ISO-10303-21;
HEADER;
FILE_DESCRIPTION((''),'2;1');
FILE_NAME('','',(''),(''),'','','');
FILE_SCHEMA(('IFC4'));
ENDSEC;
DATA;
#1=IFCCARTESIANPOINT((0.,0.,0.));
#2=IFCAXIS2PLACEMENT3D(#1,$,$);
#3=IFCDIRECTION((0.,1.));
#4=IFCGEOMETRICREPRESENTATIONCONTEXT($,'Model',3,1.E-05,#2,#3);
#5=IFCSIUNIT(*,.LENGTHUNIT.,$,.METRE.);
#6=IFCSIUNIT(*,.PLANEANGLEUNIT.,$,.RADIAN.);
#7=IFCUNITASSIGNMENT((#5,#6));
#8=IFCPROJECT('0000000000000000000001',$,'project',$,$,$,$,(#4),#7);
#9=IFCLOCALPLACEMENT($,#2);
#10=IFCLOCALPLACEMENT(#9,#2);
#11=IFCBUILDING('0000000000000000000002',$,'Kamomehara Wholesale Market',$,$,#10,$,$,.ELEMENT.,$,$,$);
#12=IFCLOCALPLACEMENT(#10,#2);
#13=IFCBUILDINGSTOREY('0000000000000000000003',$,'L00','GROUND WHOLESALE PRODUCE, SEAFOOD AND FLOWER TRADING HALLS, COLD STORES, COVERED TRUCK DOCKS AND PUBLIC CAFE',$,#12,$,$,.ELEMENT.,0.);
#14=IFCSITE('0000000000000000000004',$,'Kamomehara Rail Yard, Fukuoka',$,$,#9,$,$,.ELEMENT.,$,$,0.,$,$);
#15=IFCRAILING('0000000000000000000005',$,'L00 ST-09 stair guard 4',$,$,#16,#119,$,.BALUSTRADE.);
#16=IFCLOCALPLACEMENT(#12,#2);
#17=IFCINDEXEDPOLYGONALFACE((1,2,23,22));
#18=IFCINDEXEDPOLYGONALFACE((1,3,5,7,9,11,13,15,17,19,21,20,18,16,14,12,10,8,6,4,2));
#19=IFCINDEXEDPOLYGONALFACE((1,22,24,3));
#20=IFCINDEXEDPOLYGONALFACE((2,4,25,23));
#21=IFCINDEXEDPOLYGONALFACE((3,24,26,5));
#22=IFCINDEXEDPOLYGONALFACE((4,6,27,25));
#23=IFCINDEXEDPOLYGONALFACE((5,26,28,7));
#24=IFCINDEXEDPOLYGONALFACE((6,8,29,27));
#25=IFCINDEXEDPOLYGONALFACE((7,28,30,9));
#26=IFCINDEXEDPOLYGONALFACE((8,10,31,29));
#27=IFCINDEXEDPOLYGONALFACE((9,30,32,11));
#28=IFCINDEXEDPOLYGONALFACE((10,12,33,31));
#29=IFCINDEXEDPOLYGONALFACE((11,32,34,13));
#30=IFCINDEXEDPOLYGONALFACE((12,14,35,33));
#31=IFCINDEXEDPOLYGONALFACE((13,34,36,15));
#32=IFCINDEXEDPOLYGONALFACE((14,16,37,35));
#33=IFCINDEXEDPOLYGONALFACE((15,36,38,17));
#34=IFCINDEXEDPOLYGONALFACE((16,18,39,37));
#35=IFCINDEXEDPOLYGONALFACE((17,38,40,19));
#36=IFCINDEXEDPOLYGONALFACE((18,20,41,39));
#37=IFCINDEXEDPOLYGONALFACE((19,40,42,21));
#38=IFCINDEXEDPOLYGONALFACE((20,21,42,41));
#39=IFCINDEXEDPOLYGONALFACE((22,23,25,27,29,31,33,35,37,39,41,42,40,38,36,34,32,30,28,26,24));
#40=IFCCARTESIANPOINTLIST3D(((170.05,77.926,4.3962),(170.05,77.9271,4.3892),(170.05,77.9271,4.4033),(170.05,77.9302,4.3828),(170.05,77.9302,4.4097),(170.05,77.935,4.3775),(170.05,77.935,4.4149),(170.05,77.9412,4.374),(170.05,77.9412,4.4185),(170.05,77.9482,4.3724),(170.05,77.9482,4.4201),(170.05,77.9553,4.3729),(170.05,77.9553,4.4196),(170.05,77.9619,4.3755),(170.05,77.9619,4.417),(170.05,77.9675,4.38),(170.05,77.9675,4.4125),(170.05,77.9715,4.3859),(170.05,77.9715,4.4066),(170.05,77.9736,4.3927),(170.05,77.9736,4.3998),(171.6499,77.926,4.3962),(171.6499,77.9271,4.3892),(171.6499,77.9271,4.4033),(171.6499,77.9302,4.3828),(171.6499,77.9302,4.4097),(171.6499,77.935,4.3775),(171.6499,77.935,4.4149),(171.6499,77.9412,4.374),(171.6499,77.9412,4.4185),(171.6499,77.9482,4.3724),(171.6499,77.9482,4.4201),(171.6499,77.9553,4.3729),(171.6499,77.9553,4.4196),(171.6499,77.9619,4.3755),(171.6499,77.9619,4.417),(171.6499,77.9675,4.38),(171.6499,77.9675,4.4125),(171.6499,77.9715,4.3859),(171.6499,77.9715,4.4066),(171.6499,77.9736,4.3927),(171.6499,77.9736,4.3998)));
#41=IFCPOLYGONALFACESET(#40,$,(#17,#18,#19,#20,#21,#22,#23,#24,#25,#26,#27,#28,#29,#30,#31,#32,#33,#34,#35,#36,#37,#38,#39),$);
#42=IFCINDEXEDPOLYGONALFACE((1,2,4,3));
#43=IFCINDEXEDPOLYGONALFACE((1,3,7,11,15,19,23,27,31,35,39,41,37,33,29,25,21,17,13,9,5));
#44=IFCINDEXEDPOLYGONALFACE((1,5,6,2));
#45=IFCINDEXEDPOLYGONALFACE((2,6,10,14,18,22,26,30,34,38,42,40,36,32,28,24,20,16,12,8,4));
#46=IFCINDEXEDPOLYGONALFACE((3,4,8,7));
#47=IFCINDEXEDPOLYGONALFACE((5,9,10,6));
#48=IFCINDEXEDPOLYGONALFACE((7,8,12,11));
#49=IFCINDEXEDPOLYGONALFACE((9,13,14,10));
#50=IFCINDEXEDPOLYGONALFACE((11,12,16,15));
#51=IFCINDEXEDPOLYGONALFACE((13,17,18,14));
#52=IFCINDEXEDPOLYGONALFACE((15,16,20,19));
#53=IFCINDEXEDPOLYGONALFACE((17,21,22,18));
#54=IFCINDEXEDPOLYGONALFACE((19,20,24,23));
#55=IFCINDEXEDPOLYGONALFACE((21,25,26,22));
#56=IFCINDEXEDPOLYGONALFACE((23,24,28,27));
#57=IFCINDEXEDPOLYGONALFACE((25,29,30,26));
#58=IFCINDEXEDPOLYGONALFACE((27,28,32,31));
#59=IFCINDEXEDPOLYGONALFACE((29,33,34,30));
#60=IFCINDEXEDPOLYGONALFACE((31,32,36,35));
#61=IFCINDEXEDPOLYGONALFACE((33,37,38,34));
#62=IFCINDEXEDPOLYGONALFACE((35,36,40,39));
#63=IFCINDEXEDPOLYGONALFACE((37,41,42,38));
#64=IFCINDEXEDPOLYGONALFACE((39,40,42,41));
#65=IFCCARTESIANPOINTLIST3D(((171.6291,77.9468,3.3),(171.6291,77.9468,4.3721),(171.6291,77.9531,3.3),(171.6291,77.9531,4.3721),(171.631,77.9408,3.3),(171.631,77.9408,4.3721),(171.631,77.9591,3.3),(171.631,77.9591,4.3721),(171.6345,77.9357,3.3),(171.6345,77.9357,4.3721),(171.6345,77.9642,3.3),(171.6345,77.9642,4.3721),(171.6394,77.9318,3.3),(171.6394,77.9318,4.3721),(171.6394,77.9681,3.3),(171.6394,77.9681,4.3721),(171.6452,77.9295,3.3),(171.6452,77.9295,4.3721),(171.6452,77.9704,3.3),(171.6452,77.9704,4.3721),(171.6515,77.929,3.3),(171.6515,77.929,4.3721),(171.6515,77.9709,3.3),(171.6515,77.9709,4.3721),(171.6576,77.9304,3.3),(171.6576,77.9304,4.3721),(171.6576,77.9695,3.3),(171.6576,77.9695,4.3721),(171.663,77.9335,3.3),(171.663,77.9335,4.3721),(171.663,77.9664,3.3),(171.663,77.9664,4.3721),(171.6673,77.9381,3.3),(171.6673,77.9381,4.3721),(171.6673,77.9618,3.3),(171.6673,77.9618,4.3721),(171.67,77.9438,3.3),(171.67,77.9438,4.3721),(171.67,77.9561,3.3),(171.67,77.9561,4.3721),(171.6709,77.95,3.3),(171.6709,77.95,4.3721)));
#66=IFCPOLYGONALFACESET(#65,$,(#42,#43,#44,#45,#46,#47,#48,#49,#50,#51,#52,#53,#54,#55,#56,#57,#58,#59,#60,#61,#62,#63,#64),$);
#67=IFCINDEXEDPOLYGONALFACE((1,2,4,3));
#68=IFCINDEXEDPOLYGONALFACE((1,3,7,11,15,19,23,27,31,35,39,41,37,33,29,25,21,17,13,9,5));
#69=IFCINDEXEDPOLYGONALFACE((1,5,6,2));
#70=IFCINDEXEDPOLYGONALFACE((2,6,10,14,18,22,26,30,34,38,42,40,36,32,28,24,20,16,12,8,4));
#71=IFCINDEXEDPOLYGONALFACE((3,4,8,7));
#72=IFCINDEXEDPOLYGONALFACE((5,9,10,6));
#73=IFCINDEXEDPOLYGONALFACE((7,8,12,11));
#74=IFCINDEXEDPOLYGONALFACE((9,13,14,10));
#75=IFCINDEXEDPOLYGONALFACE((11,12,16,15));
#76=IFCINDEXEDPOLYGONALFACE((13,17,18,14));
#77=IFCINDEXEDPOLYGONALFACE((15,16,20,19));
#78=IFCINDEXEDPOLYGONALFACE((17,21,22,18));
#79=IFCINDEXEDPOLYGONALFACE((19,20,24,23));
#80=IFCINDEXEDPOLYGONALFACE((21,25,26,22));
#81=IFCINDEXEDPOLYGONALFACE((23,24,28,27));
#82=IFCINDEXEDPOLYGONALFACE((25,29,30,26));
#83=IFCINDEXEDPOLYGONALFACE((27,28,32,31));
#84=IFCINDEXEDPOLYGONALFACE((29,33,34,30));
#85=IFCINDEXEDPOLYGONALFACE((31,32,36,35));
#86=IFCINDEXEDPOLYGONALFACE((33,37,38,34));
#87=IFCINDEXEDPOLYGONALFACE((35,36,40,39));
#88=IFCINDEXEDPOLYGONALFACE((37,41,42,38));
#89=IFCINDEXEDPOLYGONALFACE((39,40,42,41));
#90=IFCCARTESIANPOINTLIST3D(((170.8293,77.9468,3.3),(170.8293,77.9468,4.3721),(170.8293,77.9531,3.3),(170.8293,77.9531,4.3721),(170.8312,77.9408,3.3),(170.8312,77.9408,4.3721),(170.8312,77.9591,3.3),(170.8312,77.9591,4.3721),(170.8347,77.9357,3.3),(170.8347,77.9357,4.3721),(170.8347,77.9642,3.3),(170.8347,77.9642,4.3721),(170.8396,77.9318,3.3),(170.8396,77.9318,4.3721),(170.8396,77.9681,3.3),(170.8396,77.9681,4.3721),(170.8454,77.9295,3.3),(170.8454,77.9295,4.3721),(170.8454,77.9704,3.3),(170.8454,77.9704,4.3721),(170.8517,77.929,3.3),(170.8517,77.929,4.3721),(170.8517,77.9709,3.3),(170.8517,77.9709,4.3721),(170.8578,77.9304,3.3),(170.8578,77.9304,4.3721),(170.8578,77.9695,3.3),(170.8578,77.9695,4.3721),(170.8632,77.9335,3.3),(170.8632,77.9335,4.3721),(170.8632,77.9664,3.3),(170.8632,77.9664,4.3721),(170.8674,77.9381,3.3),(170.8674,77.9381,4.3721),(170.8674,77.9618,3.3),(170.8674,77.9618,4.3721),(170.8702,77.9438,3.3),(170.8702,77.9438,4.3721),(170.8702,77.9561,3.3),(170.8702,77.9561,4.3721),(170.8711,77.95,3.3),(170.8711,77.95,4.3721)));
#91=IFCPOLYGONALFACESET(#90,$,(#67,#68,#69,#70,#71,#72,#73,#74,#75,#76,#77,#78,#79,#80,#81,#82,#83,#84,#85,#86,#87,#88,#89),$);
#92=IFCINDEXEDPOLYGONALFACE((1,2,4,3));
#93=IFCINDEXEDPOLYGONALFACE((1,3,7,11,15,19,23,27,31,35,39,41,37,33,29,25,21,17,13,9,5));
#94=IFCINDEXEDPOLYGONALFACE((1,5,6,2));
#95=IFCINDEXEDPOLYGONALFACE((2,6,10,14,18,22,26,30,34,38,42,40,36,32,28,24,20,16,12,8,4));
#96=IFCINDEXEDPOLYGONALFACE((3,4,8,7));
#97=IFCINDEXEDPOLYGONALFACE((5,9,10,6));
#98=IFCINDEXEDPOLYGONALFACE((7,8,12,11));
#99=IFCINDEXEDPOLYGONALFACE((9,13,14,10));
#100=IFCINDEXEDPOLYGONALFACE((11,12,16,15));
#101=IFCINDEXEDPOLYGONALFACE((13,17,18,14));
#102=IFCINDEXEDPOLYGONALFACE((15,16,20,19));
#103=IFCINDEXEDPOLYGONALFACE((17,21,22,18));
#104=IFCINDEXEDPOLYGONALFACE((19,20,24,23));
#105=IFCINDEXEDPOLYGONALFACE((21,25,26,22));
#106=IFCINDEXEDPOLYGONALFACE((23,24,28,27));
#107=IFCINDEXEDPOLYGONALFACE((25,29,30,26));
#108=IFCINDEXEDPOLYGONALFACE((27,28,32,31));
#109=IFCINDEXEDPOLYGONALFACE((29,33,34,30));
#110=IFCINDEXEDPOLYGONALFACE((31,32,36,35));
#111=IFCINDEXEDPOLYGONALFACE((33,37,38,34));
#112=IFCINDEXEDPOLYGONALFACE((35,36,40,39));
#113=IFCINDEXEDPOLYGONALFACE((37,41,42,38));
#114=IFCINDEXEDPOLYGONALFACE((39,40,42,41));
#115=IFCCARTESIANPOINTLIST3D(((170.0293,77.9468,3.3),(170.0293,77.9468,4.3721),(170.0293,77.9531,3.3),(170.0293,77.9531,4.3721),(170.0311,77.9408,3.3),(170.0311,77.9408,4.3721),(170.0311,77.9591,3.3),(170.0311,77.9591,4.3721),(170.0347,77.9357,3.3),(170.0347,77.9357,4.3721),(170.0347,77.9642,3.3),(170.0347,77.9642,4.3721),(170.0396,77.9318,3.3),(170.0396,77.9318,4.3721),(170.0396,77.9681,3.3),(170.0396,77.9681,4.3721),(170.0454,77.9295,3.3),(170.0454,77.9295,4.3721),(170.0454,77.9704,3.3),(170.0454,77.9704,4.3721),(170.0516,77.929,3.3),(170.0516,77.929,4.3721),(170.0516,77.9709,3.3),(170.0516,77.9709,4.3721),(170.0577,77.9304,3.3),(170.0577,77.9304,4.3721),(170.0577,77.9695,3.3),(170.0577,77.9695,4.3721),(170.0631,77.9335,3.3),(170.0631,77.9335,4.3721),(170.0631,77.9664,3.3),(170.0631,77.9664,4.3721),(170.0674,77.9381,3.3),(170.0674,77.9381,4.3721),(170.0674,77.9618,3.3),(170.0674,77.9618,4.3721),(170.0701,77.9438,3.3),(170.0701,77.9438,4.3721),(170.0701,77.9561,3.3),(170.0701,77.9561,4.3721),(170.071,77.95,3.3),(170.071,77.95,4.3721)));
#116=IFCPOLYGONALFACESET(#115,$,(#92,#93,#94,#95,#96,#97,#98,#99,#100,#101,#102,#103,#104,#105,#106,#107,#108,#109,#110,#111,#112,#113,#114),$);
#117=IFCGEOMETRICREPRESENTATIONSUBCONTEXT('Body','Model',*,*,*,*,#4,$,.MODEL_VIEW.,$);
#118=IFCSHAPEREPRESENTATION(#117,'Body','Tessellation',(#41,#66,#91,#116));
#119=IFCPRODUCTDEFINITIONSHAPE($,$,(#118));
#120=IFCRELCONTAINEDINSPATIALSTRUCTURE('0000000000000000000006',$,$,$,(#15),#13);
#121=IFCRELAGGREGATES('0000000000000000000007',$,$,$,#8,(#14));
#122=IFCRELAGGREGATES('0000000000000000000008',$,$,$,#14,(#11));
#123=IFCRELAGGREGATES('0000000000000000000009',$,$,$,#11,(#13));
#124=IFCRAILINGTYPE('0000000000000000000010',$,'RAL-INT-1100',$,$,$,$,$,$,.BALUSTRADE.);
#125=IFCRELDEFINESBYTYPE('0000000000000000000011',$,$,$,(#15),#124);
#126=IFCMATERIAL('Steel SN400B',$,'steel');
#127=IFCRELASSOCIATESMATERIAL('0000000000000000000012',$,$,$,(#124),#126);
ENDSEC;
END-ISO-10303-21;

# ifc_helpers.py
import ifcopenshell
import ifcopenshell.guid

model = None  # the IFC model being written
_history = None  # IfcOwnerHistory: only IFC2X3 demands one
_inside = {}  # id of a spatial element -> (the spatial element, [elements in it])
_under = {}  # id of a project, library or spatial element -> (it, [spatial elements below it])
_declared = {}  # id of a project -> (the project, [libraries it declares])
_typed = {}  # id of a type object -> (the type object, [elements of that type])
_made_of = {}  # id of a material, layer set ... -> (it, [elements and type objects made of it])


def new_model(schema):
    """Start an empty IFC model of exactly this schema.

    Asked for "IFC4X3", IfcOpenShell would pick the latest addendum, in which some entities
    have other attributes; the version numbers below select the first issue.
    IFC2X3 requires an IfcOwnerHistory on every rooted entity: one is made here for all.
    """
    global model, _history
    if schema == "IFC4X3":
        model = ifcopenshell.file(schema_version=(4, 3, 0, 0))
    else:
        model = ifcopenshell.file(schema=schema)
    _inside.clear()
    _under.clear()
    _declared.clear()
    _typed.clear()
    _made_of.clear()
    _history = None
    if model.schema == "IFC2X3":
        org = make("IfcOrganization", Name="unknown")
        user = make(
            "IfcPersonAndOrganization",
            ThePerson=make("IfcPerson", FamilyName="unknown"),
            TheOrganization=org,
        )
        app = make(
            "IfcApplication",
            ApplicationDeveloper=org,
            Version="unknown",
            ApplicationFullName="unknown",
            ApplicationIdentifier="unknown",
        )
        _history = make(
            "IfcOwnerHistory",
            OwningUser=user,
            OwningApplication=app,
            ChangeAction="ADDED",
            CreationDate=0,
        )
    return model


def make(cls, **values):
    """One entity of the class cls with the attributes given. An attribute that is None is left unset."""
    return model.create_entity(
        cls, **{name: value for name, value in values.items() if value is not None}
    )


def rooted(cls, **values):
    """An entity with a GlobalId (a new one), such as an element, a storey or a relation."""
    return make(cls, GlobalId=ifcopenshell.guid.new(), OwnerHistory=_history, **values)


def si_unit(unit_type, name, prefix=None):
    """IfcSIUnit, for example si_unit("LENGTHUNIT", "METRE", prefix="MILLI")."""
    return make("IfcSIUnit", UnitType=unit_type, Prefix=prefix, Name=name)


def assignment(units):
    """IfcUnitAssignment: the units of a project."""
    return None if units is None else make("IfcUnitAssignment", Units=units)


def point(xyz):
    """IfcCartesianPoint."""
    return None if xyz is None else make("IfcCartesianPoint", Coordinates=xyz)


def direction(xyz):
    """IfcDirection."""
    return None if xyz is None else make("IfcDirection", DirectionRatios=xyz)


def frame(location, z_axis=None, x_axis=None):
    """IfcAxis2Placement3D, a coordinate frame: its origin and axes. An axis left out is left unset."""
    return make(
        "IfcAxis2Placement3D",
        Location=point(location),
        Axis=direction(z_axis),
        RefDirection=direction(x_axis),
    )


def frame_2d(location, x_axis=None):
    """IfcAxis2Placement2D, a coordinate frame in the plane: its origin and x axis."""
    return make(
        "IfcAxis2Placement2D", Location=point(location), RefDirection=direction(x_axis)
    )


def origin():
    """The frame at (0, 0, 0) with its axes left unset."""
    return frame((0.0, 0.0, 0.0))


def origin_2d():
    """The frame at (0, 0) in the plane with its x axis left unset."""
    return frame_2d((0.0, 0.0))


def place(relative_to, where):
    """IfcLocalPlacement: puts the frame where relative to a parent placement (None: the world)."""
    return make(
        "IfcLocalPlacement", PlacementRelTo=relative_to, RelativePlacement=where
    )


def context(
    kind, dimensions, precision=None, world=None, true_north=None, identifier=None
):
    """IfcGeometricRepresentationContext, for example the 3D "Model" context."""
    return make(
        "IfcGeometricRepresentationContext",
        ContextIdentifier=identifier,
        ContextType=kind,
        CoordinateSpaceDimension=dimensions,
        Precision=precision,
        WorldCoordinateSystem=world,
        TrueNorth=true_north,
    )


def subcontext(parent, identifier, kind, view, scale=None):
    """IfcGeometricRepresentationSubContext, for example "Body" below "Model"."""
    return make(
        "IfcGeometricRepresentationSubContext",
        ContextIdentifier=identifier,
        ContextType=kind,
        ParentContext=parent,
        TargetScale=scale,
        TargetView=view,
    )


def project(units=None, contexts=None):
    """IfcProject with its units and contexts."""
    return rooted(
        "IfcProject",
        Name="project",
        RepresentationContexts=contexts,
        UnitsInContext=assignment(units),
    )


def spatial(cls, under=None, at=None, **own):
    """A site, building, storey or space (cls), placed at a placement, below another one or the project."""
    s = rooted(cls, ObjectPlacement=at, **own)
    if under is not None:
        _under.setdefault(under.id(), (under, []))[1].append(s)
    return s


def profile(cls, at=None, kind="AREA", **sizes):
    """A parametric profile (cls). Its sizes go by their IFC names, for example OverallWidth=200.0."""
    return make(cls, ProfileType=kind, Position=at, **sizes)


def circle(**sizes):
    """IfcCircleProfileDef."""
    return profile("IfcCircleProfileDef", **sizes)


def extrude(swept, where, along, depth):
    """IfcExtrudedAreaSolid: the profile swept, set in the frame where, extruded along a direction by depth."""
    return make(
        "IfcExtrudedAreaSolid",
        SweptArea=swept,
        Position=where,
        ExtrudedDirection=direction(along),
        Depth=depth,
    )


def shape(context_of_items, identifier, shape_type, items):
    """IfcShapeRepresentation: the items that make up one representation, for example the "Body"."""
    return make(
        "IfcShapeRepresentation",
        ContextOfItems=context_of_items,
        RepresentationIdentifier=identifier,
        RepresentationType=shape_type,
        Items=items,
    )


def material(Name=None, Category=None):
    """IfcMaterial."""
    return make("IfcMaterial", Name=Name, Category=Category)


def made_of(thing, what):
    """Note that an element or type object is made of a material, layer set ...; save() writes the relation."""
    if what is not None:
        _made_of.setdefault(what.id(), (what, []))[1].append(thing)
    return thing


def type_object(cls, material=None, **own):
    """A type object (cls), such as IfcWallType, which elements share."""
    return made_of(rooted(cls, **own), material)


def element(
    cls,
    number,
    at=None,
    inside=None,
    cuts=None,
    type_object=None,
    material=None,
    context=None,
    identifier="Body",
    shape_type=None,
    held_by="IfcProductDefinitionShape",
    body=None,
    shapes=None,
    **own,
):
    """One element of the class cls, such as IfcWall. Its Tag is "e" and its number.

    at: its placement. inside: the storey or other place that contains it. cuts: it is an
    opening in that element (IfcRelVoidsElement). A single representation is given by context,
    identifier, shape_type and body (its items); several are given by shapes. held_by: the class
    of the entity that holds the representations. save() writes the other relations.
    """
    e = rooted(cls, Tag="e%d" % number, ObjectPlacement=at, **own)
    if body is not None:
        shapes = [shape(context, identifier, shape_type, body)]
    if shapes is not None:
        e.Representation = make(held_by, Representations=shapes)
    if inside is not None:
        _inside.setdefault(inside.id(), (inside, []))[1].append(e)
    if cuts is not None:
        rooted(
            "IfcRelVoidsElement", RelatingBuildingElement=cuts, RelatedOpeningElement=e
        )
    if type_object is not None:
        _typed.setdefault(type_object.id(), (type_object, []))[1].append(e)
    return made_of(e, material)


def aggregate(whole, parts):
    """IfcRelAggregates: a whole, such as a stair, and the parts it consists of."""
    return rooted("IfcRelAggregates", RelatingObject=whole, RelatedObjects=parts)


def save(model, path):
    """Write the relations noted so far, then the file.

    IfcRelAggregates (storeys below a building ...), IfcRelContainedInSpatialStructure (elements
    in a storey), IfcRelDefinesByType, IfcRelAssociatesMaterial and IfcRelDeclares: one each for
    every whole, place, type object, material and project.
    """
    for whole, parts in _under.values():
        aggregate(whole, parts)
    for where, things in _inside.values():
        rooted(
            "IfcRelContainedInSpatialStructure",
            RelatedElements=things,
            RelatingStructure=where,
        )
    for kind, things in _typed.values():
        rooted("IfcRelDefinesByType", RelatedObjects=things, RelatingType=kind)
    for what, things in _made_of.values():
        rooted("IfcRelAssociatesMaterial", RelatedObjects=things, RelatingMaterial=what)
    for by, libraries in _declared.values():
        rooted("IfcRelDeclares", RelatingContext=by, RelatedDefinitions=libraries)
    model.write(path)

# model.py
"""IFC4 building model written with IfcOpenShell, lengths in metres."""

from ifc_helpers import new_model, si_unit, direction, frame, origin, origin_2d, place, context, subcontext, project, spatial, circle, extrude, material, type_object, element, save


model = new_model("IFC4")

# Units and contexts
model_context = context("Model", 3, precision=1e-05, world=origin(), true_north=direction((0.0, 1.0)))
body_context = subcontext(model_context, "Body", "Model", "MODEL_VIEW")
ifc_project = project(units=[si_unit("LENGTHUNIT", "METRE"), si_unit("PLANEANGLEUNIT", "RADIAN")], contexts=[model_context])

# Site, building, storey
site_placement = place(None, origin())
site = spatial("IfcSite", under=ifc_project, at=site_placement, Name="Kamomehara Rail Yard, Fukuoka", CompositionType="ELEMENT", RefElevation=0.0)
building_placement = place(site_placement, origin())
building = spatial("IfcBuilding", under=site, at=building_placement, Name="Kamomehara Wholesale Market", CompositionType="ELEMENT")
storey_placement = place(building_placement, origin())
storey = spatial("IfcBuildingStorey", under=building, at=storey_placement, Name="L00", Description="GROUND WHOLESALE PRODUCE, SEAFOOD AND FLOWER TRADING HALLS, COLD STORES, COVERED TRUCK DOCKS AND PUBLIC CAFE", CompositionType="ELEMENT", Elevation=0.0)

# Railing
ifc_material_1 = material(Name="Steel SN400B", Category="steel")
railing_type_1 = type_object("IfcRailingType", Name="RAL-INT-1100", PredefinedType="BALUSTRADE", material=ifc_material_1)
for number, where, name in (
    (1, (171.6499, 77.95, 3.3), "L00 ST-09 stair guard 4"),
):
    element("IfcRailing", number, at=place(storey_placement, frame(where)), inside=storey, type_object=railing_type_1, Name=name, PredefinedType="BALUSTRADE", context=body_context, shape_type="SweptSolid", body=[
        extrude(circle(Radius=0.0239, at=origin_2d()), frame((0.0, 0.0, 1.0962), z_axis=(-1.0, 0.0, 0.0), x_axis=(0.0, -1.0, 0.0)), (0.0, 0.0, 1.0), 1.5999),
        extrude(circle(Radius=0.021, at=origin_2d()), origin(), (0.0, 0.0, 1.0), 1.072),
        extrude(circle(Radius=0.021, at=origin_2d()), frame((-0.7998, 0.0, 0.0)), (0.0, 0.0, 1.0), 1.072),
        extrude(circle(Radius=0.021, at=origin_2d()), frame((-1.5999, 0.0, 0.0)), (0.0, 0.0, 1.0), 1.072),
    ])

save(model, "model.ifc")
